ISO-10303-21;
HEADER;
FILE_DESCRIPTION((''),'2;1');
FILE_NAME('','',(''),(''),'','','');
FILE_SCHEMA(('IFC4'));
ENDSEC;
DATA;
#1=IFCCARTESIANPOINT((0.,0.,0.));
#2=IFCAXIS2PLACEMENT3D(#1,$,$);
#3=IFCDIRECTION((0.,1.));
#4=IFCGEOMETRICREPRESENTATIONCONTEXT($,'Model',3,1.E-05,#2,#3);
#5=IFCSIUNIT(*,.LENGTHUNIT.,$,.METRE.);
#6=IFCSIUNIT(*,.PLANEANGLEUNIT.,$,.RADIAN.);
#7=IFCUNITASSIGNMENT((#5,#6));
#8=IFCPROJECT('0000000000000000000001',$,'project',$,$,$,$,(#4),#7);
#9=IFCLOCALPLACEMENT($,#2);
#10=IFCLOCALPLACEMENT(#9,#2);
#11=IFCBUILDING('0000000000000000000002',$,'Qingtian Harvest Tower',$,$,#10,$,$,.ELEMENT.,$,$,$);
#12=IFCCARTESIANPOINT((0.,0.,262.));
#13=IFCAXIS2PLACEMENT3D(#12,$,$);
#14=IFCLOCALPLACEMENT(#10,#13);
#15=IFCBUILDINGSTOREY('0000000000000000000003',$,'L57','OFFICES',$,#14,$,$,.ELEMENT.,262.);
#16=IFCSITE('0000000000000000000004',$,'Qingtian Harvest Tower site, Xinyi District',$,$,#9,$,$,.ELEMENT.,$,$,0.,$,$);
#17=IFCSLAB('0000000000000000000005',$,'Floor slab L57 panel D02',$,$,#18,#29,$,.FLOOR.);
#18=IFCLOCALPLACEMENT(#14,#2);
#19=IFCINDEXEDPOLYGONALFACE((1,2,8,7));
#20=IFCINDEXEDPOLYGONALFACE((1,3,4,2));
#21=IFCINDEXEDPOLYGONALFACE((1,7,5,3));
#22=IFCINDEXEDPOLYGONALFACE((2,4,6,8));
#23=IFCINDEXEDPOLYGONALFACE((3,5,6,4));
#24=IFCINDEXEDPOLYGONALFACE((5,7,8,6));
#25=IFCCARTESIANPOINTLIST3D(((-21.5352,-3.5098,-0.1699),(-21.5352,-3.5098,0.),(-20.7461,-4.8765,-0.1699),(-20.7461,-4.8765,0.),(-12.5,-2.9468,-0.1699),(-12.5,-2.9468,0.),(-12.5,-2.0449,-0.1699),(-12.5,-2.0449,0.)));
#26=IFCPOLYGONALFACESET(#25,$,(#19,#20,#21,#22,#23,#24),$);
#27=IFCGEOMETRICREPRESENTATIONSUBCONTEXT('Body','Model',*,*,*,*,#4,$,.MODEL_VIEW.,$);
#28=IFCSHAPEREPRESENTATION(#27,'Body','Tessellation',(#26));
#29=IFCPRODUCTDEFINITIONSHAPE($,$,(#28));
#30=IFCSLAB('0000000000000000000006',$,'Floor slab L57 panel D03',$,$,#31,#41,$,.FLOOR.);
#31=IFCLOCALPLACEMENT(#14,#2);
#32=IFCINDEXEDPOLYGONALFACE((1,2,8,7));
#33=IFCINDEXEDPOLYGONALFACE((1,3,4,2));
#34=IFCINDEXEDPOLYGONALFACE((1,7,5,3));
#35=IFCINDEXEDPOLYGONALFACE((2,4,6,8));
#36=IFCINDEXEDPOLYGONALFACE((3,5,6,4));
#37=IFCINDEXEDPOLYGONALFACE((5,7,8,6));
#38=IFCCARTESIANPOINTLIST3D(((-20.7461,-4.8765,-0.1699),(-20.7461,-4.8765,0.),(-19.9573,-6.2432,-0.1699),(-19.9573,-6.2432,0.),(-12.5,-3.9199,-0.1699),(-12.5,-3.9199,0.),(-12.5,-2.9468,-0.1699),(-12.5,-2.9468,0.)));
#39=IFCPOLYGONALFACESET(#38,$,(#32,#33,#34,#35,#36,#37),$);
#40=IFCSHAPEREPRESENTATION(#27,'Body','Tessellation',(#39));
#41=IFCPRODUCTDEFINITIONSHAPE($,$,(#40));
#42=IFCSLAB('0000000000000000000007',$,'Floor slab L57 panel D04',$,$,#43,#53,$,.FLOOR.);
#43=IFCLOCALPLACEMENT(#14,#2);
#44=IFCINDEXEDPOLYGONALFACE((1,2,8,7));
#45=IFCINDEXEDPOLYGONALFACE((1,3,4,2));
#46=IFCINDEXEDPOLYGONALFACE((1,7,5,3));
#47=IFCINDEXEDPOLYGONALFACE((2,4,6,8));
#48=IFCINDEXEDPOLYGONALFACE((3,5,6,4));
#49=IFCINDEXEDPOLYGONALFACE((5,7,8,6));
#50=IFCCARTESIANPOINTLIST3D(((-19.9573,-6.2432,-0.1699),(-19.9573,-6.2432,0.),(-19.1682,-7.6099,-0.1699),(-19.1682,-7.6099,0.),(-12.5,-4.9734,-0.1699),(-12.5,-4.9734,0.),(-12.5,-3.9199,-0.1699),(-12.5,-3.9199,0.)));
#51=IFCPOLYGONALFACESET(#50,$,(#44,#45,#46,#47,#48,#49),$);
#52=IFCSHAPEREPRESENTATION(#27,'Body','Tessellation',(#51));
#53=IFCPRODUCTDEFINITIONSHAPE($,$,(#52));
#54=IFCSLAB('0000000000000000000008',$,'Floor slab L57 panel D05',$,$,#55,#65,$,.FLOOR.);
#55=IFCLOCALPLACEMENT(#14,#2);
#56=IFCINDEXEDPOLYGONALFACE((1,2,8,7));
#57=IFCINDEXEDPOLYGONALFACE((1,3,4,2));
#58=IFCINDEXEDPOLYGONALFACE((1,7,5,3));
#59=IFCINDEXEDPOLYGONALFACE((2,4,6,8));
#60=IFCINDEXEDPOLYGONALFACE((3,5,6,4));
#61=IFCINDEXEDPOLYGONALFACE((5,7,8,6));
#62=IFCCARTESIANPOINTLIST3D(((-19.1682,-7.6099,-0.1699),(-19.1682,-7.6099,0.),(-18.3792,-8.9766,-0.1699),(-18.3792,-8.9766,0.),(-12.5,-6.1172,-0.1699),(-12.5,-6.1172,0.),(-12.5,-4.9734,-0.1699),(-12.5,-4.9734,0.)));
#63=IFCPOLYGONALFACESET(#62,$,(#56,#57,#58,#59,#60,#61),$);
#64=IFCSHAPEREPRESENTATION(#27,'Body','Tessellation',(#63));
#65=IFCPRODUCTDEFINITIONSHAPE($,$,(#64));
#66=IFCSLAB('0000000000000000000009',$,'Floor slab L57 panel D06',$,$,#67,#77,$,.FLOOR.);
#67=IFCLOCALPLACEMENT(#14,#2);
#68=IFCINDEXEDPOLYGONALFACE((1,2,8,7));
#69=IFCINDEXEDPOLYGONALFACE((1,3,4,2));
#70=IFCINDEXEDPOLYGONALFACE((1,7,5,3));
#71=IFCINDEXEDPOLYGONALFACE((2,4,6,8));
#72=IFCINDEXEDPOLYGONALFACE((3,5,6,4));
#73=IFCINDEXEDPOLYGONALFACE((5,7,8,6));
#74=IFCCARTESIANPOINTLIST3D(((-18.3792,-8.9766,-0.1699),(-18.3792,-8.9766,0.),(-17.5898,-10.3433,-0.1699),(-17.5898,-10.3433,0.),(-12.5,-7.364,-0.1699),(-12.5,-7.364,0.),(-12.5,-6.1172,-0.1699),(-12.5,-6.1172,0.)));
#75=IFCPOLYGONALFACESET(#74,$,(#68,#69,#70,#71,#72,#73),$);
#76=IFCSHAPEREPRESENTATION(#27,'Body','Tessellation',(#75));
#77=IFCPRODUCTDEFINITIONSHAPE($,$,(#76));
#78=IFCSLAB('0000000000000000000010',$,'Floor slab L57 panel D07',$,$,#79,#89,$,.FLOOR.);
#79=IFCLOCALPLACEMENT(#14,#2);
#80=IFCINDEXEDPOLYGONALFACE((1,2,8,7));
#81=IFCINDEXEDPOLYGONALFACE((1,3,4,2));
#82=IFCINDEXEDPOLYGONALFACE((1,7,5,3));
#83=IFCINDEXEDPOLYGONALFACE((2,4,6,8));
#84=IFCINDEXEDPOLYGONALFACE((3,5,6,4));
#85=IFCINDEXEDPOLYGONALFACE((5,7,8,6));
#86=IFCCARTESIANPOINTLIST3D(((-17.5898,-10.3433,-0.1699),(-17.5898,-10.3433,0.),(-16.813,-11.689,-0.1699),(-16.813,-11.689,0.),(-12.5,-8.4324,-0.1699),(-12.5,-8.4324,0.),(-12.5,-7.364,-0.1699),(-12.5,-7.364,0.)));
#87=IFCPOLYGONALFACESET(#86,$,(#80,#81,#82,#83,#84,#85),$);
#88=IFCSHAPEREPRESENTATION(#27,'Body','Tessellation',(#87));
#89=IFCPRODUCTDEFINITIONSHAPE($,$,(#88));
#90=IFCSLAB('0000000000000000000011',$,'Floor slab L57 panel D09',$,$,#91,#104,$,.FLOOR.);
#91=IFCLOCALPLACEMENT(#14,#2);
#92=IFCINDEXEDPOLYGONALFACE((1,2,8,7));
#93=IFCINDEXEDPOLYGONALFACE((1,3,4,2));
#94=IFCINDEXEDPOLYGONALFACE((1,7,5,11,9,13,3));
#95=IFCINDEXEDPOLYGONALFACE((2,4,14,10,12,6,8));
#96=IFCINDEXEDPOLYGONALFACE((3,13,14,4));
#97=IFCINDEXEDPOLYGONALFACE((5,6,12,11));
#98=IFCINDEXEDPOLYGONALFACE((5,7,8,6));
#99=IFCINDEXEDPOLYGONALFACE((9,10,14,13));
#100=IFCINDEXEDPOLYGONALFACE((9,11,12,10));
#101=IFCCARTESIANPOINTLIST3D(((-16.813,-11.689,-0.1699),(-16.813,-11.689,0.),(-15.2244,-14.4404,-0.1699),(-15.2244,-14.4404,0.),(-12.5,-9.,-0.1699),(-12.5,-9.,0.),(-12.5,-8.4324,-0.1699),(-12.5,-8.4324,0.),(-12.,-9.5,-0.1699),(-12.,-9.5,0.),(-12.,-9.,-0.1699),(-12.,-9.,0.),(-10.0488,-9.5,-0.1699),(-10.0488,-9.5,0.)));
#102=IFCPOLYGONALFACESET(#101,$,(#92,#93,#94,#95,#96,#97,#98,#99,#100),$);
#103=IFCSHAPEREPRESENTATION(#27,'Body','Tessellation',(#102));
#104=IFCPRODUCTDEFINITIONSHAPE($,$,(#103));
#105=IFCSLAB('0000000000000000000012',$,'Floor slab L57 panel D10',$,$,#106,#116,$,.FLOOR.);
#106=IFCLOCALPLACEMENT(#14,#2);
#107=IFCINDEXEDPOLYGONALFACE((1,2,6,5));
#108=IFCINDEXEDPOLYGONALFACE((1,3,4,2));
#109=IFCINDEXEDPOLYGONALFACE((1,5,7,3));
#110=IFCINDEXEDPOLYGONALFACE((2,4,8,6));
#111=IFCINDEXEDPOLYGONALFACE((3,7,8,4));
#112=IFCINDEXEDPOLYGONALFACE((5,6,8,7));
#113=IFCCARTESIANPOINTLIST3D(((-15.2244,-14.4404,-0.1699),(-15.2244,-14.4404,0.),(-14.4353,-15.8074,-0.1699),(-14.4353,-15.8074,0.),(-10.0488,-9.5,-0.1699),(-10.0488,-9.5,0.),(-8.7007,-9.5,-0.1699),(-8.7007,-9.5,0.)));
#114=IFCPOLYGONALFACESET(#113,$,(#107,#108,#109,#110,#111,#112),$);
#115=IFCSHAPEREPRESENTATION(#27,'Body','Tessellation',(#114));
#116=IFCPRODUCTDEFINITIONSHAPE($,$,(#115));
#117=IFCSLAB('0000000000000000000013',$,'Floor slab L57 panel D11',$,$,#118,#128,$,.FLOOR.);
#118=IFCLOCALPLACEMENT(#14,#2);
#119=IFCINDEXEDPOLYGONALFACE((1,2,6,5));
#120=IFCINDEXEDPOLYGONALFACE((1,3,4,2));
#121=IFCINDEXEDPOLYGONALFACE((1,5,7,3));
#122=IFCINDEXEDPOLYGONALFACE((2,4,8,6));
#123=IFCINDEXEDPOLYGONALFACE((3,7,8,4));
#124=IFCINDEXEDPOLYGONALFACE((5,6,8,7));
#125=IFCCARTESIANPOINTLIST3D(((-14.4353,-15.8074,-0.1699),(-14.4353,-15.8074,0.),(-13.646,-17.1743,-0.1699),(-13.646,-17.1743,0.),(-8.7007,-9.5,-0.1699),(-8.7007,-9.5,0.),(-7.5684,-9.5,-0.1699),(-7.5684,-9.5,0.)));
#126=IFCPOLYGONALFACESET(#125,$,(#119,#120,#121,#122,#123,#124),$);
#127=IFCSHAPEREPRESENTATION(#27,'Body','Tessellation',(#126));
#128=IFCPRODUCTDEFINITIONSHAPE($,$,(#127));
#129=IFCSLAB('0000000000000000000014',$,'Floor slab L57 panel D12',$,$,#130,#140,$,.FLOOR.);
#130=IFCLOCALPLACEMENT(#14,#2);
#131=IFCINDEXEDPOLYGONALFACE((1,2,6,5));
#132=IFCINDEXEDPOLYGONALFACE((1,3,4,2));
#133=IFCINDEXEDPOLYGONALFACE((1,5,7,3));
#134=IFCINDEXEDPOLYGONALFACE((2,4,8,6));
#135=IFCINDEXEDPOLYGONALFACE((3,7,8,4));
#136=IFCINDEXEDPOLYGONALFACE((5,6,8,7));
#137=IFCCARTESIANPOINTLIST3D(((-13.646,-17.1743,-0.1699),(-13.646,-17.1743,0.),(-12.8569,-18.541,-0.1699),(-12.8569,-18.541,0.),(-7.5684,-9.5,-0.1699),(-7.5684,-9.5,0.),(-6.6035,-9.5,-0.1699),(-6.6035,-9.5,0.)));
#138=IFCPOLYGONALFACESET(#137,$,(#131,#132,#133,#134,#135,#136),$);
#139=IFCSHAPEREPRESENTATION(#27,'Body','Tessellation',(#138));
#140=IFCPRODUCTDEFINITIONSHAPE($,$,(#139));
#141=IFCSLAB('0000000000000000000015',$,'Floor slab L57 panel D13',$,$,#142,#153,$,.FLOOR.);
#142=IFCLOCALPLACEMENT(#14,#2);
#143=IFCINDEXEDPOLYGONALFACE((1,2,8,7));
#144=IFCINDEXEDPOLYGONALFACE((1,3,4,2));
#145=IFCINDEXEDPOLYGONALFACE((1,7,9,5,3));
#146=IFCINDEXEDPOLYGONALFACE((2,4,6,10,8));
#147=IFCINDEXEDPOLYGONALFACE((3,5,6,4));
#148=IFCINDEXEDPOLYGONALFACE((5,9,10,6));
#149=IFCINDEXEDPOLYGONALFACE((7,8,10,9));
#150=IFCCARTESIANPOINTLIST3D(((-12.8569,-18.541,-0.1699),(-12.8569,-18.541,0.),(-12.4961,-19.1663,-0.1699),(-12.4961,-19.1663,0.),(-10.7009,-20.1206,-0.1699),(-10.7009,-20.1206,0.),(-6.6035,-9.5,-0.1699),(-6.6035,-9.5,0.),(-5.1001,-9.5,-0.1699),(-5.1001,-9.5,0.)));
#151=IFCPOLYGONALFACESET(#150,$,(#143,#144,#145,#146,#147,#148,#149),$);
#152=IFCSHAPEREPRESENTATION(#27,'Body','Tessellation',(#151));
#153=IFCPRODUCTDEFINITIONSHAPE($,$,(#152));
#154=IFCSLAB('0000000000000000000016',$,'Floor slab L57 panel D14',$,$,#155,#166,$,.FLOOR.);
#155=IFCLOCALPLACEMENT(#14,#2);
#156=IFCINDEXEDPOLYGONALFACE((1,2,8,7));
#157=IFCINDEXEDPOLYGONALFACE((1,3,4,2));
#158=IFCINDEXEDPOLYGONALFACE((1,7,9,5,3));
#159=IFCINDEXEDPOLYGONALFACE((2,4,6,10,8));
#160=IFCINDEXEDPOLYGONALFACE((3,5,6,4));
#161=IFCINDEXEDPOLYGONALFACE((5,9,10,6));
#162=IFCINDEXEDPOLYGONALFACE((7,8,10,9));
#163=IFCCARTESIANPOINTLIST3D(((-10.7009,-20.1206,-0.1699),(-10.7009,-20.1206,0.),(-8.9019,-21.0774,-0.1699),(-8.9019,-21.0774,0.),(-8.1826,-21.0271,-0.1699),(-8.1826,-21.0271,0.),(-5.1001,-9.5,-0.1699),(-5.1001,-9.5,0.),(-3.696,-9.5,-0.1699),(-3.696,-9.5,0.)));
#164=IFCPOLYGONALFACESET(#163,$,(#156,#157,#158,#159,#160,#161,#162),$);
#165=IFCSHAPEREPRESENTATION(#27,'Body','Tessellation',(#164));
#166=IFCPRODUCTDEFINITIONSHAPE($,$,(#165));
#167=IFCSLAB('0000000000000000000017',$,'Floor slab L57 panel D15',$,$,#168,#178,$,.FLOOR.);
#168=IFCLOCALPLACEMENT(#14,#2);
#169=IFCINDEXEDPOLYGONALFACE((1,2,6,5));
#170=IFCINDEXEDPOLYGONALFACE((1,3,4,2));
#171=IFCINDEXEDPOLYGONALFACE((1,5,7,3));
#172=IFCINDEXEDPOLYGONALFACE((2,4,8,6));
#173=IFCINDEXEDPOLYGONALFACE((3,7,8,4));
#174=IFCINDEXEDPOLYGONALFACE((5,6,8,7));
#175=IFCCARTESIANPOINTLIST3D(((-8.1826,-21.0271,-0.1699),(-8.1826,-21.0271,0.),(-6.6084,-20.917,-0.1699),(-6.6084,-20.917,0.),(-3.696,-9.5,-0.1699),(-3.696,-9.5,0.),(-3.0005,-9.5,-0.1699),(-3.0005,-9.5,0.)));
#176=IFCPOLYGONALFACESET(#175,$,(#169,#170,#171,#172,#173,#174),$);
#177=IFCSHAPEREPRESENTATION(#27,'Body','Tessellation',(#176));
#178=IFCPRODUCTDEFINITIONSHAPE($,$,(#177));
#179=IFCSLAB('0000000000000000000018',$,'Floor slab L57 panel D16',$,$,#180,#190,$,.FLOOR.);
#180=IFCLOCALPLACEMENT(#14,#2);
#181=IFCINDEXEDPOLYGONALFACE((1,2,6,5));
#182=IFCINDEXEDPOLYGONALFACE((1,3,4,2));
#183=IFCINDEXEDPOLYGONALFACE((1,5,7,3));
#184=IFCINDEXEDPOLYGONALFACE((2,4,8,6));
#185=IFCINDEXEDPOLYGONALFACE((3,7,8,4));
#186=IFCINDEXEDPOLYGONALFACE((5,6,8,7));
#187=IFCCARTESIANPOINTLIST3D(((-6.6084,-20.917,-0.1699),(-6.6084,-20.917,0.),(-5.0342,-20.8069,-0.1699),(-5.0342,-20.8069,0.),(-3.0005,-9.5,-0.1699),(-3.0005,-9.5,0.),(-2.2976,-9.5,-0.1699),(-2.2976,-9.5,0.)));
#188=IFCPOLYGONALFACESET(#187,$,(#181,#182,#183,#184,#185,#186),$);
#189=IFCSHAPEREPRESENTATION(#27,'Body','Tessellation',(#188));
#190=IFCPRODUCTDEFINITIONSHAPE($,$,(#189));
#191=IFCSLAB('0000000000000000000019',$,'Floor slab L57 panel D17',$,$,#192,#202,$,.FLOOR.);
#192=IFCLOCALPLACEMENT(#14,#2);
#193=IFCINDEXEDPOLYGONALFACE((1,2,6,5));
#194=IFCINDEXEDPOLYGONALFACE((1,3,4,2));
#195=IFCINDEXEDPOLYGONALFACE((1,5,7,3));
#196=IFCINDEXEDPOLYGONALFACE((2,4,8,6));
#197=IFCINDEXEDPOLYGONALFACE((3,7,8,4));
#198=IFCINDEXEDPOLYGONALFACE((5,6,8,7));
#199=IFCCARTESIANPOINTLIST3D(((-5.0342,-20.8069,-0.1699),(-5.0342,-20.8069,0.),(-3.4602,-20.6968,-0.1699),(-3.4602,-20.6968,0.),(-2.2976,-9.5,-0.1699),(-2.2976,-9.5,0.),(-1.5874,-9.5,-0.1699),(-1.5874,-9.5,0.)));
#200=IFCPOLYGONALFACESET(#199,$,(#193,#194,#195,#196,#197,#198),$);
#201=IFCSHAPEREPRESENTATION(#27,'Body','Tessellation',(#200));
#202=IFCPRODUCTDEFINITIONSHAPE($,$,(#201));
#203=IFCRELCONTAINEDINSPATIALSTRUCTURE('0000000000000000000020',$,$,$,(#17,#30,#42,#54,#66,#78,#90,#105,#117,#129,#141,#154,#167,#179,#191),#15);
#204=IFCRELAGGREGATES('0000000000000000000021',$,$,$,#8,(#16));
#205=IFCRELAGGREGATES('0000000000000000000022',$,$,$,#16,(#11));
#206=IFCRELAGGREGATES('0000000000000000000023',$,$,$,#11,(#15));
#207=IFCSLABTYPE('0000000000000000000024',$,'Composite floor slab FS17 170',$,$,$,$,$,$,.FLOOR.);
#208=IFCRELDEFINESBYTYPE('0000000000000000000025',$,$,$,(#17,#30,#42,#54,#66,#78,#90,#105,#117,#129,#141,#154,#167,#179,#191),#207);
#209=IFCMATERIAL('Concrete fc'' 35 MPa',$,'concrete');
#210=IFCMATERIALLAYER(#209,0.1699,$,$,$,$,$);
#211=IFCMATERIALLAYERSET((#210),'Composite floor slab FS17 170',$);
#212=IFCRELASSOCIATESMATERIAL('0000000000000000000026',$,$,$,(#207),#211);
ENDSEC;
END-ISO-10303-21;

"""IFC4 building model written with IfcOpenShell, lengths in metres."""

from ifc_helpers import new_model, si_unit, direction, frame, origin, place, context, subcontext, project, spatial, polyline, outline, extrude, material, layer, layer_set, type_object, element, save


model = new_model("IFC4")

# Units and contexts
model_context = context("Model", 3, precision=1e-05, world=origin(), true_north=direction((0.0, 1.0)))
body_context = subcontext(model_context, "Body", "Model", "MODEL_VIEW")
ifc_project = project(units=[si_unit("LENGTHUNIT", "METRE"), si_unit("PLANEANGLEUNIT", "RADIAN")], contexts=[model_context])

# Site, building, storey
site_placement = place(None, origin())
site = spatial("IfcSite", under=ifc_project, at=site_placement, Name="Qingtian Harvest Tower site, Xinyi District", CompositionType="ELEMENT", RefElevation=0.0)
building_placement = place(site_placement, origin())
building = spatial("IfcBuilding", under=site, at=building_placement, Name="Qingtian Harvest Tower", CompositionType="ELEMENT")
storey_placement = place(building_placement, frame((0.0, 0.0, 262.0)))
storey = spatial("IfcBuildingStorey", under=building, at=storey_placement, Name="L57", Description="OFFICES", CompositionType="ELEMENT", Elevation=262.0)

# Slabs
ifc_material = material(Name="Concrete fc' 35 MPa", Category="concrete")
ifc_layer = layer(ifc_material, 0.1699)
ifc_layer_set = layer_set([ifc_layer], Name="Composite floor slab FS17 170")
slab_type = type_object("IfcSlabType", Name="Composite floor slab FS17 170", PredefinedType="FLOOR", material=ifc_layer_set)
slab_1_placement = place(storey_placement, frame((0.0, 0.0, -0.1699)))
element("IfcSlab", 1, at=slab_1_placement, inside=storey, type_object=slab_type, Name="Floor slab L57 panel D02", PredefinedType="FLOOR", context=body_context, shape_type="SweptSolid", body=[
    extrude(outline(polyline([(-12.5, -2.9468), (-20.7461, -4.8765), (-21.5352, -3.5098), (-12.5, -2.0449), (-12.5, -2.9468)])), origin(), (0.0, 0.0, 1.0), 0.1699),
])
slab_2_placement = place(storey_placement, frame((0.0, 0.0, -0.1699)))
element("IfcSlab", 2, at=slab_2_placement, inside=storey, type_object=slab_type, Name="Floor slab L57 panel D03", PredefinedType="FLOOR", context=body_context, shape_type="SweptSolid", body=[
    extrude(outline(polyline([(-12.5, -3.9199), (-19.9573, -6.2432), (-20.7461, -4.8765), (-12.5, -2.9468), (-12.5, -3.9199)])), origin(), (0.0, 0.0, 1.0), 0.1699),
])
slab_3_placement = place(storey_placement, frame((0.0, 0.0, -0.1699)))
element("IfcSlab", 3, at=slab_3_placement, inside=storey, type_object=slab_type, Name="Floor slab L57 panel D04", PredefinedType="FLOOR", context=body_context, shape_type="SweptSolid", body=[
    extrude(outline(polyline([(-12.5, -4.9734), (-19.1682, -7.6099), (-19.9573, -6.2432), (-12.5, -3.9199), (-12.5, -4.9734)])), origin(), (0.0, 0.0, 1.0), 0.1699),
])
slab_4_placement = place(storey_placement, frame((0.0, 0.0, -0.1699)))
element("IfcSlab", 4, at=slab_4_placement, inside=storey, type_object=slab_type, Name="Floor slab L57 panel D05", PredefinedType="FLOOR", context=body_context, shape_type="SweptSolid", body=[
    extrude(outline(polyline([(-12.5, -6.1172), (-18.3792, -8.9766), (-19.1682, -7.6099), (-12.5, -4.9734), (-12.5, -6.1172)])), origin(), (0.0, 0.0, 1.0), 0.1699),
])
slab_5_placement = place(storey_placement, frame((0.0, 0.0, -0.1699)))
element("IfcSlab", 5, at=slab_5_placement, inside=storey, type_object=slab_type, Name="Floor slab L57 panel D06", PredefinedType="FLOOR", context=body_context, shape_type="SweptSolid", body=[
    extrude(outline(polyline([(-12.5, -7.364), (-17.5898, -10.3433), (-18.3792, -8.9766), (-12.5, -6.1172), (-12.5, -7.364)])), origin(), (0.0, 0.0, 1.0), 0.1699),
])
slab_6_placement = place(storey_placement, frame((0.0, 0.0, -0.1699)))
element("IfcSlab", 6, at=slab_6_placement, inside=storey, type_object=slab_type, Name="Floor slab L57 panel D07", PredefinedType="FLOOR", context=body_context, shape_type="SweptSolid", body=[
    extrude(outline(polyline([(-12.5, -8.4324), (-16.813, -11.689), (-17.5898, -10.3433), (-12.5, -7.364), (-12.5, -8.4324)])), origin(), (0.0, 0.0, 1.0), 0.1699),
])
slab_7_placement = place(storey_placement, frame((0.0, 0.0, -0.1699)))
element("IfcSlab", 7, at=slab_7_placement, inside=storey, type_object=slab_type, Name="Floor slab L57 panel D09", PredefinedType="FLOOR", context=body_context, shape_type="SweptSolid", body=[
    extrude(outline(polyline([(-15.2244, -14.4404), (-16.813, -11.689), (-12.5, -8.4324), (-12.5, -9.0), (-12.0, -9.0), (-12.0, -9.5), (-10.0488, -9.5), (-15.2244, -14.4404)])), origin(), (0.0, 0.0, 1.0), 0.1699),
])
slab_8_placement = place(storey_placement, frame((0.0, 0.0, -0.1699)))
element("IfcSlab", 8, at=slab_8_placement, inside=storey, type_object=slab_type, Name="Floor slab L57 panel D10", PredefinedType="FLOOR", context=body_context, shape_type="SweptSolid", body=[
    extrude(outline(polyline([(-8.7007, -9.5), (-14.4353, -15.8074), (-15.2244, -14.4404), (-10.0488, -9.5), (-8.7007, -9.5)])), origin(), (0.0, 0.0, 1.0), 0.1699),
])
slab_9_placement = place(storey_placement, frame((0.0, 0.0, -0.1699)))
element("IfcSlab", 9, at=slab_9_placement, inside=storey, type_object=slab_type, Name="Floor slab L57 panel D11", PredefinedType="FLOOR", context=body_context, shape_type="SweptSolid", body=[
    extrude(outline(polyline([(-7.5684, -9.5), (-13.646, -17.1743), (-14.4353, -15.8074), (-8.7007, -9.5), (-7.5684, -9.5)])), origin(), (0.0, 0.0, 1.0), 0.1699),
])
slab_10_placement = place(storey_placement, frame((0.0, 0.0, -0.1699)))
element("IfcSlab", 10, at=slab_10_placement, inside=storey, type_object=slab_type, Name="Floor slab L57 panel D12", PredefinedType="FLOOR", context=body_context, shape_type="SweptSolid", body=[
    extrude(outline(polyline([(-6.6035, -9.5), (-12.8569, -18.541), (-13.646, -17.1743), (-7.5684, -9.5), (-6.6035, -9.5)])), origin(), (0.0, 0.0, 1.0), 0.1699),
])
slab_11_placement = place(storey_placement, frame((0.0, 0.0, -0.1699)))
element("IfcSlab", 11, at=slab_11_placement, inside=storey, type_object=slab_type, Name="Floor slab L57 panel D13", PredefinedType="FLOOR", context=body_context, shape_type="SweptSolid", body=[
    extrude(outline(polyline([(-6.6035, -9.5), (-5.1001, -9.5), (-10.7009, -20.1206), (-12.4961, -19.1663), (-12.8569, -18.541), (-6.6035, -9.5)])), origin(), (0.0, 0.0, 1.0), 0.1699),
])
slab_12_placement = place(storey_placement, frame((0.0, 0.0, -0.1699)))
element("IfcSlab", 12, at=slab_12_placement, inside=storey, type_object=slab_type, Name="Floor slab L57 panel D14", PredefinedType="FLOOR", context=body_context, shape_type="SweptSolid", body=[
    extrude(outline(polyline([(-5.1001, -9.5), (-3.696, -9.5), (-8.1826, -21.0271), (-8.9019, -21.0774), (-10.7009, -20.1206), (-5.1001, -9.5)])), origin(), (0.0, 0.0, 1.0), 0.1699),
])
slab_13_placement = place(storey_placement, frame((0.0, 0.0, -0.1699)))
element("IfcSlab", 13, at=slab_13_placement, inside=storey, type_object=slab_type, Name="Floor slab L57 panel D15", PredefinedType="FLOOR", context=body_context, shape_type="SweptSolid", body=[
    extrude(outline(polyline([(-3.0005, -9.5), (-6.6084, -20.917), (-8.1826, -21.0271), (-3.696, -9.5), (-3.0005, -9.5)])), origin(), (0.0, 0.0, 1.0), 0.1699),
])
slab_14_placement = place(storey_placement, frame((0.0, 0.0, -0.1699)))
element("IfcSlab", 14, at=slab_14_placement, inside=storey, type_object=slab_type, Name="Floor slab L57 panel D16", PredefinedType="FLOOR", context=body_context, shape_type="SweptSolid", body=[
    extrude(outline(polyline([(-2.2976, -9.5), (-5.0342, -20.8069), (-6.6084, -20.917), (-3.0005, -9.5), (-2.2976, -9.5)])), origin(), (0.0, 0.0, 1.0), 0.1699),
])
slab_15_placement = place(storey_placement, frame((0.0, 0.0, -0.1699)))
element("IfcSlab", 15, at=slab_15_placement, inside=storey, type_object=slab_type, Name="Floor slab L57 panel D17", PredefinedType="FLOOR", context=body_context, shape_type="SweptSolid", body=[
    extrude(outline(polyline([(-1.5874, -9.5), (-3.4602, -20.6968), (-5.0342, -20.8069), (-2.2976, -9.5), (-1.5874, -9.5)])), origin(), (0.0, 0.0, 1.0), 0.1699),
])

save(model, "model.ifc")
